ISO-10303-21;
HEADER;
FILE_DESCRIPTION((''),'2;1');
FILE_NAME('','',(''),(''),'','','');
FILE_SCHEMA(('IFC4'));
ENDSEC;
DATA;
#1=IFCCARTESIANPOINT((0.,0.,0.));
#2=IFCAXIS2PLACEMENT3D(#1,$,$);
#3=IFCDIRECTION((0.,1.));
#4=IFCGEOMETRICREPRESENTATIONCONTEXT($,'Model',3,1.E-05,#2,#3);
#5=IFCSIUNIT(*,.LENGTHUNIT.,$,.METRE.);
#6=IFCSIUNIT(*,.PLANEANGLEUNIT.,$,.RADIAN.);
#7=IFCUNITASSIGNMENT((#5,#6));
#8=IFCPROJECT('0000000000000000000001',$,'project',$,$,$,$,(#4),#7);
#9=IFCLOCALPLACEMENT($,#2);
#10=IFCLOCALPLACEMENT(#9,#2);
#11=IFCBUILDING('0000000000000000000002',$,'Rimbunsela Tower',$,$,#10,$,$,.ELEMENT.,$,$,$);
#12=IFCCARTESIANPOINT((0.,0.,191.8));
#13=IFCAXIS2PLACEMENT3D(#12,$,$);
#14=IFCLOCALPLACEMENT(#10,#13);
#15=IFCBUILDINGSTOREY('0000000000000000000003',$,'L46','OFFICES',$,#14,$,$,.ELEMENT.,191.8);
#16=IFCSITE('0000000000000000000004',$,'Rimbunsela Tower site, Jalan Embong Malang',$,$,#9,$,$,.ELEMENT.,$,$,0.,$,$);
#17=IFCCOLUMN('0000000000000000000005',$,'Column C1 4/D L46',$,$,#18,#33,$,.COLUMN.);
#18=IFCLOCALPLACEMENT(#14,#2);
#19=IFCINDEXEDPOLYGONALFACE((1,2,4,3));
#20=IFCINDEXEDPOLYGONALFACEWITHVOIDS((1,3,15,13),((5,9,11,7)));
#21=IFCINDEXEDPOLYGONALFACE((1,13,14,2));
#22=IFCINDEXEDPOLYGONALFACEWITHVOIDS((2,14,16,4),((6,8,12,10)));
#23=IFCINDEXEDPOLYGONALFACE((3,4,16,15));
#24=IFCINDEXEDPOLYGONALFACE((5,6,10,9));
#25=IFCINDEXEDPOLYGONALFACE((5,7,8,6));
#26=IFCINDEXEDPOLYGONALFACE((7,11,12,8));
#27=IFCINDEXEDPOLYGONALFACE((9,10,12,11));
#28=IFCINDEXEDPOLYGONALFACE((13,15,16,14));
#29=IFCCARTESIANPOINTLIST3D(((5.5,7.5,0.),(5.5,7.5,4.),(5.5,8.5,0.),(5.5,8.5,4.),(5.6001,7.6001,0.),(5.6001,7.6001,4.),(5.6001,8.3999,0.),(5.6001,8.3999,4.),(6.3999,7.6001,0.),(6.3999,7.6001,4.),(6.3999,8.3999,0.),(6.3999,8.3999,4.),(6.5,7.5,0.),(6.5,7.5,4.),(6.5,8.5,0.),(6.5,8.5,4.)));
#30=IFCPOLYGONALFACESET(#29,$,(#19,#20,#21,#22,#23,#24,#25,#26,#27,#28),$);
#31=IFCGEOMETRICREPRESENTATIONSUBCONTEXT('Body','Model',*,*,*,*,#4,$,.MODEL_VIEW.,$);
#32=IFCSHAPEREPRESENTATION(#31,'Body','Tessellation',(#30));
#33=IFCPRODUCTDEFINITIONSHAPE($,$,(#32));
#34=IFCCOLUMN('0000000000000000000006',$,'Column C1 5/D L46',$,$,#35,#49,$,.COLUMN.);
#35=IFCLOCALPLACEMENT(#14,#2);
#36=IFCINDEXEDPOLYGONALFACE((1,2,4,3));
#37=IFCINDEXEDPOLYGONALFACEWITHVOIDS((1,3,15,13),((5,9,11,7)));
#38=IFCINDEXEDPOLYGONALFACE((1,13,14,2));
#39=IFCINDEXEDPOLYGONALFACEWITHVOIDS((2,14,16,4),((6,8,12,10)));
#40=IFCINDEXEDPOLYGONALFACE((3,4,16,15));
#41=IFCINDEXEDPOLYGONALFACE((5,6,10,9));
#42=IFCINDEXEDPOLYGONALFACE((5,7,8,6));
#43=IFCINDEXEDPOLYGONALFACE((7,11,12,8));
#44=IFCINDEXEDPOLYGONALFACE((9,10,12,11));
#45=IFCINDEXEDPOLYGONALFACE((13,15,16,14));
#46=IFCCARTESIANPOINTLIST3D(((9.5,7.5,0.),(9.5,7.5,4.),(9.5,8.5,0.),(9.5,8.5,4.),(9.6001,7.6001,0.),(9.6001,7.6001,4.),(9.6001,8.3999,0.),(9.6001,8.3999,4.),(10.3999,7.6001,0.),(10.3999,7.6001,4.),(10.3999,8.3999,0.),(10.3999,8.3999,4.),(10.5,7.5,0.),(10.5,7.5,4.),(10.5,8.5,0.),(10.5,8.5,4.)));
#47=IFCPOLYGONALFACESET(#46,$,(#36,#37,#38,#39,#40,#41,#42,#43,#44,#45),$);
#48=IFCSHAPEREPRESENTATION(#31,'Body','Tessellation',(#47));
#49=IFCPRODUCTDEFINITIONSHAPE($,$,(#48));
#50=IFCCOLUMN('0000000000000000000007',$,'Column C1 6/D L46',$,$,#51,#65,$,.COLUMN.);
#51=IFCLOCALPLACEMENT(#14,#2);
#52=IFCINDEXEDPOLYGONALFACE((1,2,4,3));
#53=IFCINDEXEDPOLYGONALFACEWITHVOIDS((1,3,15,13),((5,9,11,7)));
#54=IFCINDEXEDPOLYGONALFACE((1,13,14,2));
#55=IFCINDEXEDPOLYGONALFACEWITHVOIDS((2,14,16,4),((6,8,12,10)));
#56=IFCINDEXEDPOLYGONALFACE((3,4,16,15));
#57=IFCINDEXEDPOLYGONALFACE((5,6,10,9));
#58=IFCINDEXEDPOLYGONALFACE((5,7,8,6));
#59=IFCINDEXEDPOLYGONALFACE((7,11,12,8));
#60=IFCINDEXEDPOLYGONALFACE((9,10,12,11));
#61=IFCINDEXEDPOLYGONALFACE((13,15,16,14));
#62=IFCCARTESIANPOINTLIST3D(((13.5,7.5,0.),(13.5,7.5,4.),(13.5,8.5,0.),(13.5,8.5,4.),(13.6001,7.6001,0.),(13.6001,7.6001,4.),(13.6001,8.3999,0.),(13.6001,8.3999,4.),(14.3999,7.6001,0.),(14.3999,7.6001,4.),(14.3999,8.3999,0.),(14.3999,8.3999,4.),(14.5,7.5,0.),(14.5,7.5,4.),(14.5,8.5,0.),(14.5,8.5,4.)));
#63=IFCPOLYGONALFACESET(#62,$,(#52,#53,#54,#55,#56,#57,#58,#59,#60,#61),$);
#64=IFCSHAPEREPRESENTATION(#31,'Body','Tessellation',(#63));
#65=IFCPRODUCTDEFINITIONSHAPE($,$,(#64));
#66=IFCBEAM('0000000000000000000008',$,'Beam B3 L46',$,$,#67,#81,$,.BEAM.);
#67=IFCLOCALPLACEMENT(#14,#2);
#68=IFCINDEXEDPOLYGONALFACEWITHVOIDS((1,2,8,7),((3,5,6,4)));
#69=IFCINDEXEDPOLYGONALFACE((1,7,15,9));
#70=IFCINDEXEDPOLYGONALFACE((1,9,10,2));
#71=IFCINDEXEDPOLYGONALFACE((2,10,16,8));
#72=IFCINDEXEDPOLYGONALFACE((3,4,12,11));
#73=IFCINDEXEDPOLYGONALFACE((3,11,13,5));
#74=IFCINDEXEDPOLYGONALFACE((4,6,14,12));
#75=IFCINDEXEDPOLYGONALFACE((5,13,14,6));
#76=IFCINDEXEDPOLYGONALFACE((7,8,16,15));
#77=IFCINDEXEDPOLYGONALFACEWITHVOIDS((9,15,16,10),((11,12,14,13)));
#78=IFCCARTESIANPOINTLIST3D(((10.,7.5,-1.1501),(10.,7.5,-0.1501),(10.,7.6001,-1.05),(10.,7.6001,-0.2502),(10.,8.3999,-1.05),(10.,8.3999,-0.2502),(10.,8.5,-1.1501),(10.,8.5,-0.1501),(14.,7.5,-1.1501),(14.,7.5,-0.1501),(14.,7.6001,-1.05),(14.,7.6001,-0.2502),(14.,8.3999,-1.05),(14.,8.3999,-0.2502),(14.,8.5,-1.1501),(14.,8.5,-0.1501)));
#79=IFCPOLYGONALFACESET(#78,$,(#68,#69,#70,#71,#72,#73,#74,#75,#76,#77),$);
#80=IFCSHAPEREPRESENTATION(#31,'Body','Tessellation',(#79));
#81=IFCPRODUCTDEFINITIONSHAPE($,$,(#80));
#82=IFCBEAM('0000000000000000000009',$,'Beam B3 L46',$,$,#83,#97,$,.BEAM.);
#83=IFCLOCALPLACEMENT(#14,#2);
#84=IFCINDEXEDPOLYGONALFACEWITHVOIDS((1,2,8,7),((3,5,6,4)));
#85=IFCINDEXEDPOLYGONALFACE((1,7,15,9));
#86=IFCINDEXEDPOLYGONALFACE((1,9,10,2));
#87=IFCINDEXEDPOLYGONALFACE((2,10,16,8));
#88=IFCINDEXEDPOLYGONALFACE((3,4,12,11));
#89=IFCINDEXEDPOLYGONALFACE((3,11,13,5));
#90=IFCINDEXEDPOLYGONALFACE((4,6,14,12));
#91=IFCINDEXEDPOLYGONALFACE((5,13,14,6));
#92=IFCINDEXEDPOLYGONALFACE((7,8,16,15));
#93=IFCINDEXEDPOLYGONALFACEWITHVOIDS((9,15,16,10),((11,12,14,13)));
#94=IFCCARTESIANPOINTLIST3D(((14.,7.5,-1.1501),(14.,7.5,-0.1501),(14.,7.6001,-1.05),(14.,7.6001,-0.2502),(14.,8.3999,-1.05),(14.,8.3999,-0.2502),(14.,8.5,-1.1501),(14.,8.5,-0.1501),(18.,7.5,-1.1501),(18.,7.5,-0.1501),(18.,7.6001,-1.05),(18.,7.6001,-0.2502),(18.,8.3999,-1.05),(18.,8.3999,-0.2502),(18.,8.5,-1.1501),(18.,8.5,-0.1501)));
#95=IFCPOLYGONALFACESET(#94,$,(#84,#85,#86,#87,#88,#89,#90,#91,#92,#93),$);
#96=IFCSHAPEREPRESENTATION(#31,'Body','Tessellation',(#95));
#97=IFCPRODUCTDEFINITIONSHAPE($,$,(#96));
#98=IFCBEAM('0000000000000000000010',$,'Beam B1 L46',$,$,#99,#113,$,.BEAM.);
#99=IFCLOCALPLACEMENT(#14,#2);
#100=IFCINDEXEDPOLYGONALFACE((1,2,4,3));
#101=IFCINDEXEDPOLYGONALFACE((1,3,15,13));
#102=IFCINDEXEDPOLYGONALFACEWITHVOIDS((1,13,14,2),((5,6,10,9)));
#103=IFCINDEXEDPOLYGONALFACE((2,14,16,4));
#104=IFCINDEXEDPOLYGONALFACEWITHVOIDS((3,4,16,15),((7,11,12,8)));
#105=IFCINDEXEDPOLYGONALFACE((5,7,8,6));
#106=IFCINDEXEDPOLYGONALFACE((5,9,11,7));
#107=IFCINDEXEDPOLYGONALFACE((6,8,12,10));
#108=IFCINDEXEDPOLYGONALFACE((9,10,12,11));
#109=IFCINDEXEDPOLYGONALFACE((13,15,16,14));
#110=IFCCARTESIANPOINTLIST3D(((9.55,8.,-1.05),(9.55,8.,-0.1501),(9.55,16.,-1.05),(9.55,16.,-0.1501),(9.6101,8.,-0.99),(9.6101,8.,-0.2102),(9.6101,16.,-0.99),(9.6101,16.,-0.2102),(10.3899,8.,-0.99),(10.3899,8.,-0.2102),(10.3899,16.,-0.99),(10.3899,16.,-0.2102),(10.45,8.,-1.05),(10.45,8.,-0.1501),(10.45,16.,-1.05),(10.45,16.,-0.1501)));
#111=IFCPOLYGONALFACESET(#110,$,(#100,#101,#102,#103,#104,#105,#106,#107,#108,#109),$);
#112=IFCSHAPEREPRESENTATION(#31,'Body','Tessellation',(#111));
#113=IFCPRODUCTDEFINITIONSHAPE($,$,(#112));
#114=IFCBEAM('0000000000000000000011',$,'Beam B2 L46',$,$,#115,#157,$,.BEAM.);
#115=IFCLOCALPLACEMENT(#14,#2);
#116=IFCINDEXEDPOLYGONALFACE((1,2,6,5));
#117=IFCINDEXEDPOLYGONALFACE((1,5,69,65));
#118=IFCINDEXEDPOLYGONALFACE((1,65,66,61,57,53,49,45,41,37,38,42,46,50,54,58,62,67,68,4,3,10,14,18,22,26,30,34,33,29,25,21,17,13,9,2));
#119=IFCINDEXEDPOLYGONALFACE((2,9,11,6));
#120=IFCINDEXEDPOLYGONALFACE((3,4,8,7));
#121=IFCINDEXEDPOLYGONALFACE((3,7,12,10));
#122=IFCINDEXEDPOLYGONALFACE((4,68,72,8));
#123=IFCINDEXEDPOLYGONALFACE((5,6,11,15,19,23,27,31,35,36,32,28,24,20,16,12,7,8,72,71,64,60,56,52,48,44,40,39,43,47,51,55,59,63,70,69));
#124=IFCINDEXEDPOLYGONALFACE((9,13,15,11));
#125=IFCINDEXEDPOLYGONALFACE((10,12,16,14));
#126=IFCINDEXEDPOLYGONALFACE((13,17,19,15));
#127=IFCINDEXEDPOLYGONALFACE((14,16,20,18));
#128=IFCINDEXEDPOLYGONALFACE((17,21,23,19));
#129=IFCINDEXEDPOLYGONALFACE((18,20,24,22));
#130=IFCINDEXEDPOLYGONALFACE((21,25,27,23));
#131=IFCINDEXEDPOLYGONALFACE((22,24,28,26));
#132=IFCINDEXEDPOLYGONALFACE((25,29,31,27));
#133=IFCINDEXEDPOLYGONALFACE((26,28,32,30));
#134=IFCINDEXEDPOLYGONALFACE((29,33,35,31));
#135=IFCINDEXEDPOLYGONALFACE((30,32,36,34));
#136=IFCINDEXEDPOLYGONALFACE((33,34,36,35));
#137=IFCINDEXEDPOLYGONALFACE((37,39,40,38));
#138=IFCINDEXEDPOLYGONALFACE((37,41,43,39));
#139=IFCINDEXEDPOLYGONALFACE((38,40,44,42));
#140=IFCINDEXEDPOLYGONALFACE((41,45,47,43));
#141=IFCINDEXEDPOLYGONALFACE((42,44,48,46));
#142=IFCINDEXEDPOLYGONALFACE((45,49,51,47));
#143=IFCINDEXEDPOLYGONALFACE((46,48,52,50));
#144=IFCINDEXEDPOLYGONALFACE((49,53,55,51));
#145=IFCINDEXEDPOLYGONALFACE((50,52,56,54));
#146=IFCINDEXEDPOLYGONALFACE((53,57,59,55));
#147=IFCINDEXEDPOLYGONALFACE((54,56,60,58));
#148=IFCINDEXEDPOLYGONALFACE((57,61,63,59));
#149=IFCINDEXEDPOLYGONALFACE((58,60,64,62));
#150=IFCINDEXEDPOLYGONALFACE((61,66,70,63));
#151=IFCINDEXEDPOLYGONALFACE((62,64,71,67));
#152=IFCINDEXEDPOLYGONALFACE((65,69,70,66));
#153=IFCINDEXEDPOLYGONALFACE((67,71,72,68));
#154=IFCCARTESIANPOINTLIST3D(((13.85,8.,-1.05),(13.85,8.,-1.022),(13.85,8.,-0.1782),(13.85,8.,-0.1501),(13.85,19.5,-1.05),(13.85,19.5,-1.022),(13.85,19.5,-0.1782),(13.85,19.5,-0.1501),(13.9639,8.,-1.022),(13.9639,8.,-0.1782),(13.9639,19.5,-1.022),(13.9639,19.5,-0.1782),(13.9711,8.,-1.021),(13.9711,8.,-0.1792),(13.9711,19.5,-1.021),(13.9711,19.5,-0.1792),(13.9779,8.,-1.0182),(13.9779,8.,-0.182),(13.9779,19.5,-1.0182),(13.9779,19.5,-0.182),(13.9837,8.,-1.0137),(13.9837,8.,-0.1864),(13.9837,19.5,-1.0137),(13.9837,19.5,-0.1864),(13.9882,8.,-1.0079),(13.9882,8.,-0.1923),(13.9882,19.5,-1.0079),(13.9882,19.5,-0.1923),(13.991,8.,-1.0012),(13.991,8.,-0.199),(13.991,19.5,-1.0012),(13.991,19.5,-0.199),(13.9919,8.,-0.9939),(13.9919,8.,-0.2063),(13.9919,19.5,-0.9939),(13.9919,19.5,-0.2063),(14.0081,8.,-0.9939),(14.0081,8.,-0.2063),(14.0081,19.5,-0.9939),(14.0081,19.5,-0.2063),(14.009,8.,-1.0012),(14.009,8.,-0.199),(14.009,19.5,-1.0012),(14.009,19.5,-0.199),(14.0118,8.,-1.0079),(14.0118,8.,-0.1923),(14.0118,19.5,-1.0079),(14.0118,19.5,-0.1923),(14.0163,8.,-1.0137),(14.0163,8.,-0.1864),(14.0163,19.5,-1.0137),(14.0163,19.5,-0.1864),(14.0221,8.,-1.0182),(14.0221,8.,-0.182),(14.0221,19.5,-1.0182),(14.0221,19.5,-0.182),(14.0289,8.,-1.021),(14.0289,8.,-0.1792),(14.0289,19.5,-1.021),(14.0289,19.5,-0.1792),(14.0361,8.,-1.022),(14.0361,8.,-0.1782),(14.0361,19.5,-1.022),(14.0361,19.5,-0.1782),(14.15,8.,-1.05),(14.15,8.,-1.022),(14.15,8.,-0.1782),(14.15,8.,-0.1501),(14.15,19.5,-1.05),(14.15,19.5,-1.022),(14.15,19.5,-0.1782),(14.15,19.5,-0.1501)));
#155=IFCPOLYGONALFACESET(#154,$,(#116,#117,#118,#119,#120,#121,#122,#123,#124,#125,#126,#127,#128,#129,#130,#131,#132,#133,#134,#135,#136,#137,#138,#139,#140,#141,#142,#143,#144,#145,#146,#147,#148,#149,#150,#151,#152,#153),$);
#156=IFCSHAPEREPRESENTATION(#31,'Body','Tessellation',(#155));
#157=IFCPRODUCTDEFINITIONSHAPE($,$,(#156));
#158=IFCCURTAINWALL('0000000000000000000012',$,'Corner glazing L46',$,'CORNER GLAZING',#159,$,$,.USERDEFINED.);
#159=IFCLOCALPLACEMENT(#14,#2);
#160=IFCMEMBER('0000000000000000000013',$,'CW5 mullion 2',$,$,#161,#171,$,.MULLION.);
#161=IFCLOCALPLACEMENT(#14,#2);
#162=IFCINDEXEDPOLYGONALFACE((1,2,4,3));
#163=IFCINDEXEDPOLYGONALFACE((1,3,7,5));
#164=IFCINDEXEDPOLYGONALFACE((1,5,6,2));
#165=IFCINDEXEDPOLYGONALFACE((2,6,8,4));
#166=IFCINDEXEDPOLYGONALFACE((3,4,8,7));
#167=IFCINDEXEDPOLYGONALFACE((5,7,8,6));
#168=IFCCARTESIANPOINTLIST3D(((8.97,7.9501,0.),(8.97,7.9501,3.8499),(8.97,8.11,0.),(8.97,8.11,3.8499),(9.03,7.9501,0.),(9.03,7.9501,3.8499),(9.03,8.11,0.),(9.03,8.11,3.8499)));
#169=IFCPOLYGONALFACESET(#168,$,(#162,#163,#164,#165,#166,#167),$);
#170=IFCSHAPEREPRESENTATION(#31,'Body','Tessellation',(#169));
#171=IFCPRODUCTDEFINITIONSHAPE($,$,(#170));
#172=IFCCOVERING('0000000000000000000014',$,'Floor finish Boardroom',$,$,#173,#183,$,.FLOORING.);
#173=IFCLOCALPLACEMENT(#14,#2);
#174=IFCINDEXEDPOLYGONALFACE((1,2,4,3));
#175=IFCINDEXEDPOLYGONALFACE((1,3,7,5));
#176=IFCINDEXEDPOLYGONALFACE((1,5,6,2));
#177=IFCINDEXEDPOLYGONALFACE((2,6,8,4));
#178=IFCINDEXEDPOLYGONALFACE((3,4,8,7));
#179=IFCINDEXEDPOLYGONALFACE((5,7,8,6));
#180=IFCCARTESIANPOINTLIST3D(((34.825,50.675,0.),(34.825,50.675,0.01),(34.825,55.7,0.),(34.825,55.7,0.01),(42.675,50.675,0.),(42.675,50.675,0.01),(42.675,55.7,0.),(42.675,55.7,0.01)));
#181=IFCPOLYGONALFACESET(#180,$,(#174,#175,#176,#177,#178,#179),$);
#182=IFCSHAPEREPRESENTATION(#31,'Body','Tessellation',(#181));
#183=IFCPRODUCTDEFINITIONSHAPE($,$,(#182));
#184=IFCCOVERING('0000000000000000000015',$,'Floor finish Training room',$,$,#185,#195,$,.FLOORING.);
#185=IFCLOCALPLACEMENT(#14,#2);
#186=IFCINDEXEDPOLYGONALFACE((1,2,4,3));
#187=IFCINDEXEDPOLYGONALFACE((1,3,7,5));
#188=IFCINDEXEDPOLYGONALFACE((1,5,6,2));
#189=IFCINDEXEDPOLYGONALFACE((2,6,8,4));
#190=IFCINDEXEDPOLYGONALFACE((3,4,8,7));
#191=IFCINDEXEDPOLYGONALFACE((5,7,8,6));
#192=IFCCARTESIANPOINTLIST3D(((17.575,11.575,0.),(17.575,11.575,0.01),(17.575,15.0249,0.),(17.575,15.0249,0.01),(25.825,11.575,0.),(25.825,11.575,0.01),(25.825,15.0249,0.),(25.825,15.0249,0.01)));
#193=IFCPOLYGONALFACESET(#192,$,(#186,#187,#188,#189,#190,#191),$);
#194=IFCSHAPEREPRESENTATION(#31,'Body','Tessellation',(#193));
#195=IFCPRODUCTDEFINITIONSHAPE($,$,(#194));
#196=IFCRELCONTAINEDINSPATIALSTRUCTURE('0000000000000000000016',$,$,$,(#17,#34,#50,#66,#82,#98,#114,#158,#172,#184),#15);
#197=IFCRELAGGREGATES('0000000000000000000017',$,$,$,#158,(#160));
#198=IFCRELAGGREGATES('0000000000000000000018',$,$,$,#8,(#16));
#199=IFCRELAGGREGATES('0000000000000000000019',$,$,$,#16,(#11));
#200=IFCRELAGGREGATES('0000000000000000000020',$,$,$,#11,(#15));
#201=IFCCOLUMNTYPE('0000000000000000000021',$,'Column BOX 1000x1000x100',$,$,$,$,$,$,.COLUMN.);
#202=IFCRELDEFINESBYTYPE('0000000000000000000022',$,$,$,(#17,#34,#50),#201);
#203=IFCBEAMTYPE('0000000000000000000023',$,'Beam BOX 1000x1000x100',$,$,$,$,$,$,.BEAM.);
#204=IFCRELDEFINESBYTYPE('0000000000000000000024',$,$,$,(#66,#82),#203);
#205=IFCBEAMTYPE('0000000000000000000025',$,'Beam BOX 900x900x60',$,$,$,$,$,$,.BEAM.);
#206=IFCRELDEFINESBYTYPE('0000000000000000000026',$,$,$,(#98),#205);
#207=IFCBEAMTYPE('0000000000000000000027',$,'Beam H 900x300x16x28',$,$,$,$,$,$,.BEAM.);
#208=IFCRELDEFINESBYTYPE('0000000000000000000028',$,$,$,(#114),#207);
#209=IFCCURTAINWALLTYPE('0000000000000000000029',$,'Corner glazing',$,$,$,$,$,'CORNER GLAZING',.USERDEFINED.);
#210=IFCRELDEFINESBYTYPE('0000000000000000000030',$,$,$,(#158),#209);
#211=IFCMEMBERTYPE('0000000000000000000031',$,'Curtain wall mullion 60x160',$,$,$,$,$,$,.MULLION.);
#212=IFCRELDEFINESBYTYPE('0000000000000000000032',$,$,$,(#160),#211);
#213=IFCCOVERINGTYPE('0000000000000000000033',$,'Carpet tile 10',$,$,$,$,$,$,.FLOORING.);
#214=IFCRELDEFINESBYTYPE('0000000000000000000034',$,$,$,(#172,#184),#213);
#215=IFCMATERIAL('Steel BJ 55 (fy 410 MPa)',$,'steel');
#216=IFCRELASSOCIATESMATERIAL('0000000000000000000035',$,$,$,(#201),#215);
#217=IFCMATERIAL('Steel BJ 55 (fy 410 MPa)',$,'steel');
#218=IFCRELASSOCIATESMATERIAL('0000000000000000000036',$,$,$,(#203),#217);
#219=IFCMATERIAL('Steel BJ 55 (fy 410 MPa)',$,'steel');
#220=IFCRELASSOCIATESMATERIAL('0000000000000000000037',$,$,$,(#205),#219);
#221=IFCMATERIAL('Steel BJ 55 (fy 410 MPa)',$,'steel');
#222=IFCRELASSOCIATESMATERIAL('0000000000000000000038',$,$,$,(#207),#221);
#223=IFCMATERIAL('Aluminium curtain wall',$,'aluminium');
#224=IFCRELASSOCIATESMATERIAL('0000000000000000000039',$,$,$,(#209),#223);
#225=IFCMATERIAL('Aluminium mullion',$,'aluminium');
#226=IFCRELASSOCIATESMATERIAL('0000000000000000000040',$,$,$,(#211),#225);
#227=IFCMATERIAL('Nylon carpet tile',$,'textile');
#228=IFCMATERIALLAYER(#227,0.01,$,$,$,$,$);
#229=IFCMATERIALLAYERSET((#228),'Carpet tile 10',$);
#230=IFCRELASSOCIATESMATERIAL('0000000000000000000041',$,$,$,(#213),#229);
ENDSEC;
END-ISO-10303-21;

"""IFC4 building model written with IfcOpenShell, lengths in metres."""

from ifc_helpers import new_model, si_unit, direction, frame, origin, origin_2d, place, context, subcontext, project, spatial, polyline, rectangle, hollow_rectangle, i_section, outline, extrude, material, layer, layer_set, material_profile, profile_set, type_object, element, aggregate, save


model = new_model("IFC4")

# Units and contexts
model_context = context("Model", 3, precision=1e-05, world=origin(), true_north=direction((0.0, 1.0)))
body_context = subcontext(model_context, "Body", "Model", "MODEL_VIEW")
ifc_project = project(units=[si_unit("LENGTHUNIT", "METRE"), si_unit("PLANEANGLEUNIT", "RADIAN")], contexts=[model_context])

# Site, building, storey
site_placement = place(None, origin())
site = spatial("IfcSite", under=ifc_project, at=site_placement, Name="Rimbunsela Tower site, Jalan Embong Malang", CompositionType="ELEMENT", RefElevation=0.0)
building_placement = place(site_placement, origin())
building = spatial("IfcBuilding", under=site, at=building_placement, Name="Rimbunsela Tower", CompositionType="ELEMENT")
storey_placement = place(building_placement, frame((0.0, 0.0, 191.8)))
storey = spatial("IfcBuildingStorey", under=building, at=storey_placement, Name="L46", Description="OFFICES", CompositionType="ELEMENT", Elevation=191.8)

# Columns
ifc_material_1 = material(Name="Steel BJ 55 (fy 410 MPa)", Category="steel")
ifc_material_profile_1 = material_profile(ifc_material_1, hollow_rectangle(XDim=1.0, YDim=1.0, WallThickness=0.1001, at=origin_2d()), Name="BOX 1000x1000x100")
ifc_profile_set_1 = profile_set([ifc_material_profile_1], Name="Steel BJ 55 (fy 410 MPa)")
column_type = type_object("IfcColumnType", Name="Column BOX 1000x1000x100", PredefinedType="COLUMN", material=ifc_profile_set_1)
for number, where, z_axis, x_axis, name in (
    (1, (6.0, 8.0, 0.0), (0.0, 0.0, 1.0), (1.0, 0.0, 0.0), "Column C1 4/D L46"),
    (2, (10.0, 8.0, 0.0), (0.0, 0.0, 1.0), (1.0, 0.0, 0.0), "Column C1 5/D L46"),
    (3, (14.0, 8.0, 0.0), (0.0, 0.0, 1.0), (1.0, 0.0, 0.0), "Column C1 6/D L46"),
):
    element("IfcColumn", number, at=place(storey_placement, frame(where, z_axis=z_axis, x_axis=x_axis)), inside=storey, type_object=column_type, Name=name, PredefinedType="COLUMN", context=body_context, shape_type="SweptSolid", body=[
        extrude(hollow_rectangle(XDim=1.0, YDim=1.0, WallThickness=0.1001, at=origin_2d()), origin(), (0.0, 0.0, 1.0), 4.0),
    ])

# Beams
ifc_material_2 = material(Name="Steel BJ 55 (fy 410 MPa)", Category="steel")
ifc_material_profile_2 = material_profile(ifc_material_2, hollow_rectangle(XDim=1.0, YDim=1.0, WallThickness=0.1001, at=origin_2d()), Name="BOX 1000x1000x100")
ifc_profile_set_2 = profile_set([ifc_material_profile_2], Name="Steel BJ 55 (fy 410 MPa)")
beam_type_1 = type_object("IfcBeamType", Name="Beam BOX 1000x1000x100", PredefinedType="BEAM", material=ifc_profile_set_2)
for number, where, z_axis, x_axis, name in (
    (4, (10.0, 8.0, -0.6501), (1.0, 0.0, 0.0), (0.0, 1.0, 0.0), "Beam B3 L46"),
    (5, (14.0, 8.0, -0.6501), (1.0, 0.0, 0.0), (0.0, 1.0, 0.0), "Beam B3 L46"),
):
    element("IfcBeam", number, at=place(storey_placement, frame(where, z_axis=z_axis, x_axis=x_axis)), inside=storey, type_object=beam_type_1, Name=name, PredefinedType="BEAM", context=body_context, shape_type="SweptSolid", body=[
        extrude(hollow_rectangle(XDim=1.0, YDim=1.0, WallThickness=0.1001, at=origin_2d()), origin(), (0.0, 0.0, 1.0), 4.0),
    ])
ifc_material_3 = material(Name="Steel BJ 55 (fy 410 MPa)", Category="steel")
ifc_material_profile_3 = material_profile(ifc_material_3, hollow_rectangle(XDim=0.8999, YDim=0.8999, WallThickness=0.0601, at=origin_2d()), Name="BOX 900x900x60")
ifc_profile_set_3 = profile_set([ifc_material_profile_3], Name="Steel BJ 55 (fy 410 MPa)")
beam_type_2 = type_object("IfcBeamType", Name="Beam BOX 900x900x60", PredefinedType="BEAM", material=ifc_profile_set_3)
beam_1_placement = place(storey_placement, frame((10.0, 8.0, -0.6001), z_axis=(0.0, 1.0, 0.0), x_axis=(-1.0, 0.0, 0.0)))
element("IfcBeam", 6, at=beam_1_placement, inside=storey, type_object=beam_type_2, Name="Beam B1 L46", PredefinedType="BEAM", context=body_context, shape_type="SweptSolid", body=[
    extrude(hollow_rectangle(XDim=0.8999, YDim=0.8999, WallThickness=0.0601, at=origin_2d()), origin(), (0.0, 0.0, 1.0), 8.0),
])
ifc_material_4 = material(Name="Steel BJ 55 (fy 410 MPa)", Category="steel")
ifc_material_profile_4 = material_profile(ifc_material_4, i_section(OverallWidth=0.3, OverallDepth=0.8999, WebThickness=0.0161, FlangeThickness=0.0281, FilletRadius=0.0281, at=origin_2d()), Name="H 900x300x16x28")
ifc_profile_set_4 = profile_set([ifc_material_profile_4], Name="Steel BJ 55 (fy 410 MPa)")
beam_type_3 = type_object("IfcBeamType", Name="Beam H 900x300x16x28", PredefinedType="BEAM", material=ifc_profile_set_4)
beam_2_placement = place(storey_placement, frame((14.0, 8.0, -0.6001), z_axis=(0.0, 1.0, 0.0), x_axis=(-1.0, 0.0, 0.0)))
element("IfcBeam", 7, at=beam_2_placement, inside=storey, type_object=beam_type_3, Name="Beam B2 L46", PredefinedType="BEAM", context=body_context, shape_type="SweptSolid", body=[
    extrude(i_section(OverallWidth=0.3, OverallDepth=0.8999, WebThickness=0.0161, FlangeThickness=0.0281, FilletRadius=0.0281, at=origin_2d()), origin(), (0.0, 0.0, 1.0), 11.5),
])

# Curtain wall, member
ifc_material_5 = material(Name="Aluminium curtain wall", Category="aluminium")
curtain_wall_type = type_object("IfcCurtainWallType", Name="Corner glazing", ElementType="CORNER GLAZING", PredefinedType="USERDEFINED", material=ifc_material_5)
curtain_wall_placement = place(storey_placement, origin())
curtain_wall = element("IfcCurtainWall", 8, at=curtain_wall_placement, inside=storey, type_object=curtain_wall_type, Name="Corner glazing L46", ObjectType="CORNER GLAZING", PredefinedType="USERDEFINED")
ifc_material_6 = material(Name="Aluminium mullion", Category="aluminium")
ifc_material_profile_5 = material_profile(ifc_material_6, rectangle(XDim=0.0601, YDim=0.1599, at=origin_2d()), Name="Mullion 60x160")
ifc_profile_set_5 = profile_set([ifc_material_profile_5], Name="Aluminium mullion")
member_type = type_object("IfcMemberType", Name="Curtain wall mullion 60x160", PredefinedType="MULLION", material=ifc_profile_set_5)
member_placement = place(storey_placement, frame((9.0, 8.03, 0.0), z_axis=(0.0, 0.0, 1.0), x_axis=(1.0, 0.0, 0.0)))
member = element("IfcMember", 9, at=member_placement, type_object=member_type, Name="CW5 mullion 2", PredefinedType="MULLION", context=body_context, shape_type="SweptSolid", body=[
    extrude(rectangle(XDim=0.0601, YDim=0.1599, at=origin_2d()), origin(), (0.0, 0.0, 1.0), 3.8499),
])
aggregate(curtain_wall, [member])

# Coverings
ifc_material_7 = material(Name="Nylon carpet tile", Category="textile")
ifc_layer_1 = layer(ifc_material_7, 0.01)
ifc_layer_set_1 = layer_set([ifc_layer_1], Name="Carpet tile 10")
covering_type_1 = type_object("IfcCoveringType", Name="Carpet tile 10", PredefinedType="FLOORING", material=ifc_layer_set_1)
covering_1_placement = place(storey_placement, origin())
element("IfcCovering", 10, at=covering_1_placement, inside=storey, type_object=covering_type_1, Name="Floor finish Boardroom", PredefinedType="FLOORING", context=body_context, shape_type="SweptSolid", body=[
    extrude(outline(polyline([(42.675, 50.675), (42.675, 55.7), (34.825, 55.7), (34.825, 50.675), (42.675, 50.675)])), origin(), (0.0, 0.0, 1.0), 0.01),
])
covering_2_placement = place(storey_placement, origin())
element("IfcCovering", 11, at=covering_2_placement, inside=storey, type_object=covering_type_1, Name="Floor finish Training room", PredefinedType="FLOORING", context=body_context, shape_type="SweptSolid", body=[
    extrude(outline(polyline([(25.825, 11.575), (25.825, 15.0249), (17.575, 15.0249), (17.575, 11.575), (25.825, 11.575)])), origin(), (0.0, 0.0, 1.0), 0.01),
])

save(model, "model.ifc")
